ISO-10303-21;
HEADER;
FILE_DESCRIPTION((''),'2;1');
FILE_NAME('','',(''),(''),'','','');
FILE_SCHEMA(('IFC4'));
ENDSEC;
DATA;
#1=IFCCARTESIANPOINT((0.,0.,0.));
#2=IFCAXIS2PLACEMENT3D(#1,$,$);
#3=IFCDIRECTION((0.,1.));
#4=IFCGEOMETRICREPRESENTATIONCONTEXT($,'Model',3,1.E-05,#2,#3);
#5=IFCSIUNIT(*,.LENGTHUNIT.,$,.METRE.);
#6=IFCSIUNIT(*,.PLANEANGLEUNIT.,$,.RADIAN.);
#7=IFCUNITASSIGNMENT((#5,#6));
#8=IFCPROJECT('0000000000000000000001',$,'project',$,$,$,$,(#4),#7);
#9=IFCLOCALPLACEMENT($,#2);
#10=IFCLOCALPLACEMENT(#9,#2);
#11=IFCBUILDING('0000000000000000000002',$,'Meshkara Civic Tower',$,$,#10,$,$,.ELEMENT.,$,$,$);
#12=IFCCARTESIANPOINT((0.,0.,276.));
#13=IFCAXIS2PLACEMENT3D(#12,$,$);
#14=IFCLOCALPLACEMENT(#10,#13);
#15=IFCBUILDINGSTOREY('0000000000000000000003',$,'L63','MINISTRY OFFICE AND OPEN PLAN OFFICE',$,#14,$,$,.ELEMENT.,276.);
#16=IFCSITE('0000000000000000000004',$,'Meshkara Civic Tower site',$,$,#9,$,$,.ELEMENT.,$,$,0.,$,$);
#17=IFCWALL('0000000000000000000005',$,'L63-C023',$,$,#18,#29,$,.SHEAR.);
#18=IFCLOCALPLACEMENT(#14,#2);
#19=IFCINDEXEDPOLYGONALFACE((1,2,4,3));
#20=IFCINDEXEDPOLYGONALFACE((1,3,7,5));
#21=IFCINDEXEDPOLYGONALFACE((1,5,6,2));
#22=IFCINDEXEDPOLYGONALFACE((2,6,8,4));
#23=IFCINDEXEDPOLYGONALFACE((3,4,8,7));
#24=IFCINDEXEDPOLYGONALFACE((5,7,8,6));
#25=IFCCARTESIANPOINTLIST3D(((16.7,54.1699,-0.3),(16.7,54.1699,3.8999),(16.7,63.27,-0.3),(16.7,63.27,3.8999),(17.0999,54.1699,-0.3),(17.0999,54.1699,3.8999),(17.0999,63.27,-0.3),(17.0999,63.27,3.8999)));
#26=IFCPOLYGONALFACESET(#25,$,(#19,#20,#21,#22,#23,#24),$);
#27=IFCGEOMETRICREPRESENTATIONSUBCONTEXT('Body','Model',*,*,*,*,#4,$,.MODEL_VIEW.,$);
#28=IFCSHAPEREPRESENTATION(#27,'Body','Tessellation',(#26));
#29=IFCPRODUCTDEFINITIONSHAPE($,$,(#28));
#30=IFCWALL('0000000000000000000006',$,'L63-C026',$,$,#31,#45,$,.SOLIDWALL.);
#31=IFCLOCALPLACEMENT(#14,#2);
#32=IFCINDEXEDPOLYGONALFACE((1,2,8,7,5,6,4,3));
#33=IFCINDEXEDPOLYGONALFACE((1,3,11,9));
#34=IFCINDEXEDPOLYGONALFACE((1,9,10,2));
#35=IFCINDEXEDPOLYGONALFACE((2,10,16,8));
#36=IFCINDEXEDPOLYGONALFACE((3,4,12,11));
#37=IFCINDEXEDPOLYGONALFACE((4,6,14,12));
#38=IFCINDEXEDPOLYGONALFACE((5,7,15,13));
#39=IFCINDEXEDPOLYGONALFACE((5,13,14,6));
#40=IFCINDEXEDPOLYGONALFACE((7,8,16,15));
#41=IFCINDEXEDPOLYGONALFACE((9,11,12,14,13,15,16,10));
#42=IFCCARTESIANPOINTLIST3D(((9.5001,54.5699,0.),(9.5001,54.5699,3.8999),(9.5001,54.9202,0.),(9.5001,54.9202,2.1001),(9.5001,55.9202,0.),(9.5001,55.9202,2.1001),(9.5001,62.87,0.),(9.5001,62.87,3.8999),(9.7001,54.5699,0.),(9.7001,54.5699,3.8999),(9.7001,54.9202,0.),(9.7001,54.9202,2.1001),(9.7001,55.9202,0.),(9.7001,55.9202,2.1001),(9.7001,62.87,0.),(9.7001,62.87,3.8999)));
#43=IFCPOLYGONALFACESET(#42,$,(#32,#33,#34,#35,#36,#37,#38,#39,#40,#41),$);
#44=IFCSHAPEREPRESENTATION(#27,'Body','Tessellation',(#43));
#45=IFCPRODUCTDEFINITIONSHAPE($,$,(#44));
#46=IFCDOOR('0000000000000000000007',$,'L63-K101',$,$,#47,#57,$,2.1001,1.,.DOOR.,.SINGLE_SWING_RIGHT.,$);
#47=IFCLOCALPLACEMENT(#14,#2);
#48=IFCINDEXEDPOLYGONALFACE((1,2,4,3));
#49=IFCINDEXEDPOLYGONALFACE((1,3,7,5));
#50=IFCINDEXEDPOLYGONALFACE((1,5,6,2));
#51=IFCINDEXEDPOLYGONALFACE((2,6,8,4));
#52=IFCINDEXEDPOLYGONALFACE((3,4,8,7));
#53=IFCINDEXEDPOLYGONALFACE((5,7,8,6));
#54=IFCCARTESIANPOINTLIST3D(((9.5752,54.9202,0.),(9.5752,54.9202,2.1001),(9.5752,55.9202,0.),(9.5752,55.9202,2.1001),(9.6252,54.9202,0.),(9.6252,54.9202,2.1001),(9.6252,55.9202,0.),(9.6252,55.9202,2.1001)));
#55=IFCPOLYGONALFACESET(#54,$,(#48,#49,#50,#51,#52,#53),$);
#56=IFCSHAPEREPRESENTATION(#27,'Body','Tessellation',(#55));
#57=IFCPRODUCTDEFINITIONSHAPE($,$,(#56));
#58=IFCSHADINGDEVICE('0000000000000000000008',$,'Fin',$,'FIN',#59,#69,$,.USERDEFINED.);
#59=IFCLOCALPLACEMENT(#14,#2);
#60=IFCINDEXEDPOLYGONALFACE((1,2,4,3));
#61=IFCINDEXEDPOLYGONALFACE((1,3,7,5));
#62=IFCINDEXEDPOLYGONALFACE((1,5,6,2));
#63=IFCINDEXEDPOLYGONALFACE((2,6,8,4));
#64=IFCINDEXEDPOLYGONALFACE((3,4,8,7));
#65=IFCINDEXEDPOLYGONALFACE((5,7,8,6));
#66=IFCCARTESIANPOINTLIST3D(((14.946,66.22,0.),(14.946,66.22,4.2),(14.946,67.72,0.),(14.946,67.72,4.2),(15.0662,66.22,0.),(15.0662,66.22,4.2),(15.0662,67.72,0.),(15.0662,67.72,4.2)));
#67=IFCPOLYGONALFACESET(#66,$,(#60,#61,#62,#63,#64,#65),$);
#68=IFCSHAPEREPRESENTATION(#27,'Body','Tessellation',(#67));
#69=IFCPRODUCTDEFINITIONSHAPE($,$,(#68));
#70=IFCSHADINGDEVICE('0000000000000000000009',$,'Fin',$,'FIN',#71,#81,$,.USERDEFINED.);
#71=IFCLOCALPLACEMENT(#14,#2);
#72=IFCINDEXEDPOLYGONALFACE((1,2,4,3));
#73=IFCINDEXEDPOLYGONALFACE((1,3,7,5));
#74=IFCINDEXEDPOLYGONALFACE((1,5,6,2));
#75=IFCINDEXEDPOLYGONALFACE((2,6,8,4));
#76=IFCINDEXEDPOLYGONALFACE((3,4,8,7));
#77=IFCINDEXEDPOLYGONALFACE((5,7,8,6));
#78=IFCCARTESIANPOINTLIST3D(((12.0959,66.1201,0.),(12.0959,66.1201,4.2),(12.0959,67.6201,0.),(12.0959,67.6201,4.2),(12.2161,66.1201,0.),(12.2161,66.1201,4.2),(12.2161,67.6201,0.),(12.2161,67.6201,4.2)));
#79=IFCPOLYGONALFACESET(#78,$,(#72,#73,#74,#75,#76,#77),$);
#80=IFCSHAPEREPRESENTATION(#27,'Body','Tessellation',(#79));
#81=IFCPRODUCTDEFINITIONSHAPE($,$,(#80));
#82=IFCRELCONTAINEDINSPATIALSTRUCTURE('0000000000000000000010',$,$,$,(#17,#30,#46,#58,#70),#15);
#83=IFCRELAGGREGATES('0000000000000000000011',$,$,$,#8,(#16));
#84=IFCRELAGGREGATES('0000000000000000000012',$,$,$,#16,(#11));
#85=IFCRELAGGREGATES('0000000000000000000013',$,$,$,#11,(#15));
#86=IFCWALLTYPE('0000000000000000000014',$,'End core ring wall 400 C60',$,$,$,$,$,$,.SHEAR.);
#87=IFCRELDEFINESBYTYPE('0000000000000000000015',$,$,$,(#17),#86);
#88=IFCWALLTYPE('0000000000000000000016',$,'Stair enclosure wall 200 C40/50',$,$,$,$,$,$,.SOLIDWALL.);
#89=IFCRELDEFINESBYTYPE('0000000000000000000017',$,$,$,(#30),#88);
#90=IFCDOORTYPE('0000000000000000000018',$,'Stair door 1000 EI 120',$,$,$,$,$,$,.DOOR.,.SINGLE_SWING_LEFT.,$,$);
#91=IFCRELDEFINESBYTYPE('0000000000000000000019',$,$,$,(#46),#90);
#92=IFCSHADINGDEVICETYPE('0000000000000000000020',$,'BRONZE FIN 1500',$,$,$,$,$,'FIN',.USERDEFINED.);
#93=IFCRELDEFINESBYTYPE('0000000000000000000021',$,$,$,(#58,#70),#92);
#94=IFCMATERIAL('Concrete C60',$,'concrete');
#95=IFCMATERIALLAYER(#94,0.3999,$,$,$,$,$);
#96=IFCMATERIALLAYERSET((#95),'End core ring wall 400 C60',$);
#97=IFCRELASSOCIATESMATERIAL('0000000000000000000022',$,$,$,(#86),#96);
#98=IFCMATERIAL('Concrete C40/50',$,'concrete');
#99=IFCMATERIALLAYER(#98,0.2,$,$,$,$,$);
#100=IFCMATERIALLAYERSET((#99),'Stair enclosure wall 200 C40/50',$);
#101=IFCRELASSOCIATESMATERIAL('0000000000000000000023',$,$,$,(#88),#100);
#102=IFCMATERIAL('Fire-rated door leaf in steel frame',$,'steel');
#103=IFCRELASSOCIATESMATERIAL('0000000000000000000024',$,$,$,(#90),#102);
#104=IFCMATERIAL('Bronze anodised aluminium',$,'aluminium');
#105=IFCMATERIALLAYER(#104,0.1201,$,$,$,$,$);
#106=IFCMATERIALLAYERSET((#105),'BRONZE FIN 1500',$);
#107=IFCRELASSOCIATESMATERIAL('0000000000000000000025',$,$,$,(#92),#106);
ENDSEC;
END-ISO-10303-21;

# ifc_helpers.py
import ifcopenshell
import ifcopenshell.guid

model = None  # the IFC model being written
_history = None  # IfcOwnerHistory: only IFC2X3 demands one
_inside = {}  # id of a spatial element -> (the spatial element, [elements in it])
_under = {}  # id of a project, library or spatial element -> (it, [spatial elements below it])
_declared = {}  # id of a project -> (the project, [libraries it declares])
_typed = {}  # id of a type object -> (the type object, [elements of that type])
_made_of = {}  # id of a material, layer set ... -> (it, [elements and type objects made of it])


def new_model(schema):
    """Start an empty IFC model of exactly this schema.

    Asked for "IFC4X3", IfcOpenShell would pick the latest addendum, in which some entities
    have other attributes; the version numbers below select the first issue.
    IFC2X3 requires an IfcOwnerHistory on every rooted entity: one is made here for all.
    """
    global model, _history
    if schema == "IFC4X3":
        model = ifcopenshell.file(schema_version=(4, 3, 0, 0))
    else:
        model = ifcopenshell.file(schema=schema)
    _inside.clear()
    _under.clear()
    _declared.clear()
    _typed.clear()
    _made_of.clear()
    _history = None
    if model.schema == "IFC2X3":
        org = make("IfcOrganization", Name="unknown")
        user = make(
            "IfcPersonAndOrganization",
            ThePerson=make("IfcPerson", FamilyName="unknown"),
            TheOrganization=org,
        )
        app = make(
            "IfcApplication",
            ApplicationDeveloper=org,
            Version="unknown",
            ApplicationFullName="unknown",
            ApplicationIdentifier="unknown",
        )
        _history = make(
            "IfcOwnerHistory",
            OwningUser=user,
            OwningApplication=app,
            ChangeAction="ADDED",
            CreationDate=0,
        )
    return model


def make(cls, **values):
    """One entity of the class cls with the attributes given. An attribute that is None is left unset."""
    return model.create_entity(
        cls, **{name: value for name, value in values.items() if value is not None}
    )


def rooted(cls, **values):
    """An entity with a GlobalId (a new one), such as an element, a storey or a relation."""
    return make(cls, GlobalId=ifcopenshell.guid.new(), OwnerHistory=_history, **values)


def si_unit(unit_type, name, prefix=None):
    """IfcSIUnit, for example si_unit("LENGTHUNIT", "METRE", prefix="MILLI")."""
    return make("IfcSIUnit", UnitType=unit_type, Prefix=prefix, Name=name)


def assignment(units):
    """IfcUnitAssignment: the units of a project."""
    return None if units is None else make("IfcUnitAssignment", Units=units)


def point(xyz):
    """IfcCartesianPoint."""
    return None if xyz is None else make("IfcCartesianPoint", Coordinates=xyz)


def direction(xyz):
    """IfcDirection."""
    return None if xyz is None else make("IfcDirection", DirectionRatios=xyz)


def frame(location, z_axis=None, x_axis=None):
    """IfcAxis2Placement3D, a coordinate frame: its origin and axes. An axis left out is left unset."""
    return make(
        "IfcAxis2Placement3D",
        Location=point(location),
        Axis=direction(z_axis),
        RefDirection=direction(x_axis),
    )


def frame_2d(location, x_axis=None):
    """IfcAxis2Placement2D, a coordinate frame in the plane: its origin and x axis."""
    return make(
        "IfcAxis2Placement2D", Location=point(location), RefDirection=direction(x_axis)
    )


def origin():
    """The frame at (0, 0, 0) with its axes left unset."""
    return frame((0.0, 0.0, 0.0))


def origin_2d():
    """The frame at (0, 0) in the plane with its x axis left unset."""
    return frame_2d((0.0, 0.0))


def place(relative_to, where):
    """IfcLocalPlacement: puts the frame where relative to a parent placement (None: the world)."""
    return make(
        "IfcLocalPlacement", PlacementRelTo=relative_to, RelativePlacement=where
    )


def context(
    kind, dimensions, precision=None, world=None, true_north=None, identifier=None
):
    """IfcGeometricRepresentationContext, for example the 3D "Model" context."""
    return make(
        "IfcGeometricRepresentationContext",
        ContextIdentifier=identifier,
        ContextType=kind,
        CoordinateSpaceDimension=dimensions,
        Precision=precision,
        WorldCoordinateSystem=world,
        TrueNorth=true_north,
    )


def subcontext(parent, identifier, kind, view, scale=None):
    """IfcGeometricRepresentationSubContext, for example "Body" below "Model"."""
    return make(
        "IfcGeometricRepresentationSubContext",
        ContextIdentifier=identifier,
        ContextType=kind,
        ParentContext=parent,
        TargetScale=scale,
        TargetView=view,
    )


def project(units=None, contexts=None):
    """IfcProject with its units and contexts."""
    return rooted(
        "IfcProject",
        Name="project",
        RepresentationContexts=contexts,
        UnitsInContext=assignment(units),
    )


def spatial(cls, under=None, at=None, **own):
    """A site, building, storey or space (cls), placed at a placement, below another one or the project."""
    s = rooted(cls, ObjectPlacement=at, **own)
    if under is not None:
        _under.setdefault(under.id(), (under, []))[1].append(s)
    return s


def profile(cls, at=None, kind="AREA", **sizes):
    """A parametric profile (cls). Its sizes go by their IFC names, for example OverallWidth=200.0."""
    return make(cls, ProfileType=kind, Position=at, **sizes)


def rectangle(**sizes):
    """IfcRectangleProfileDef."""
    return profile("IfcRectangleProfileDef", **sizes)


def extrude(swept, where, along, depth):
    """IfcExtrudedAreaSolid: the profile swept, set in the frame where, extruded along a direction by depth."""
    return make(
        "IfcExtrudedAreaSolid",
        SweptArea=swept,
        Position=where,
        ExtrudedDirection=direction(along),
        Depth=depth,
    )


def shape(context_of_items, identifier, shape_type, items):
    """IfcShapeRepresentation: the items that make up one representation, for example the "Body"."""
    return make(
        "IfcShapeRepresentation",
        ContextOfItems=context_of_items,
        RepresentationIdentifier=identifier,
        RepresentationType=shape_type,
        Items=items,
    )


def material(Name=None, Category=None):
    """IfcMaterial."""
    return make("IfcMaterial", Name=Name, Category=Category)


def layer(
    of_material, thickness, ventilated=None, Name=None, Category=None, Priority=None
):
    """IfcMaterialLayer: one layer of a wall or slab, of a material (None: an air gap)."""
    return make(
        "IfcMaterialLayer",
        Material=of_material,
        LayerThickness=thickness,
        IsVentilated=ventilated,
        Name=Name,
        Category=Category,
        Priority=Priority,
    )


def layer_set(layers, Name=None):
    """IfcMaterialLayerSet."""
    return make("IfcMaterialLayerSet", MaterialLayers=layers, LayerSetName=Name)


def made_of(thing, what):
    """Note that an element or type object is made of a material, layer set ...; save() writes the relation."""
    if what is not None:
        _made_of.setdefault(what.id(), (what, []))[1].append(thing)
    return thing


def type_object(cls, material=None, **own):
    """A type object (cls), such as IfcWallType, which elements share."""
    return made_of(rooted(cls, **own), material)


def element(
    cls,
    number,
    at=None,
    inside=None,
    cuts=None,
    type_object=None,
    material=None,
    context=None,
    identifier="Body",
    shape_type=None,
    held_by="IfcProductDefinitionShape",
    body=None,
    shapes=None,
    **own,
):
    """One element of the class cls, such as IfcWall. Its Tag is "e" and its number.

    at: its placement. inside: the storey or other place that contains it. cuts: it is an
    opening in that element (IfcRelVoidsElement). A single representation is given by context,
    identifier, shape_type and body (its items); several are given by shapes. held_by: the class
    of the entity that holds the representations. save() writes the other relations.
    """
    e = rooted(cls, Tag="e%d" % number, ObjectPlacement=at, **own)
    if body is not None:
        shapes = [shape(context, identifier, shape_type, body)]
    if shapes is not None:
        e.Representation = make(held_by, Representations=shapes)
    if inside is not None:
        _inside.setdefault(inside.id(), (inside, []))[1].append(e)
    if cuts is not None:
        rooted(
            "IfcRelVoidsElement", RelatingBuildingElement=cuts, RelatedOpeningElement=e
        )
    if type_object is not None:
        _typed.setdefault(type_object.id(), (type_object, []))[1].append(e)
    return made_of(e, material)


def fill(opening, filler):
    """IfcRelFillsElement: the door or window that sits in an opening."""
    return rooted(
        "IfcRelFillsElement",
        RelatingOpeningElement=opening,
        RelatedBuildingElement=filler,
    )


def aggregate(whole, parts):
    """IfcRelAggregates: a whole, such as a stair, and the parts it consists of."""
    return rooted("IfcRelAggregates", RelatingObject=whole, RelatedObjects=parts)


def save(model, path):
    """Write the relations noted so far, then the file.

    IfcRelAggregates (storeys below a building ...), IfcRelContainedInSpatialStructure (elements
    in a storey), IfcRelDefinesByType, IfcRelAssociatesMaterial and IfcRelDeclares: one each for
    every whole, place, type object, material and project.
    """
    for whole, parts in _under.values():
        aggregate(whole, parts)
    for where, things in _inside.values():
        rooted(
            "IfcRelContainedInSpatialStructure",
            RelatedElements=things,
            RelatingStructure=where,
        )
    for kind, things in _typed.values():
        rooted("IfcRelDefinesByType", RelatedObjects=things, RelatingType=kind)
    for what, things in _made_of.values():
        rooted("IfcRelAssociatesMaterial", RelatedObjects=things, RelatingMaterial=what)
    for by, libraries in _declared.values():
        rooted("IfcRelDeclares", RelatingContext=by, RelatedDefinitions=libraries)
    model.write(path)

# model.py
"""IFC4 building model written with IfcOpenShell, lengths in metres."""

from ifc_helpers import new_model, si_unit, direction, frame, frame_2d, origin, origin_2d, place, context, subcontext, project, spatial, rectangle, extrude, material, layer, layer_set, type_object, element, fill, save


model = new_model("IFC4")

# Units and contexts
model_context = context("Model", 3, precision=1e-05, world=origin(), true_north=direction((0.0, 1.0)))
body_context = subcontext(model_context, "Body", "Model", "MODEL_VIEW")
ifc_project = project(units=[si_unit("LENGTHUNIT", "METRE"), si_unit("PLANEANGLEUNIT", "RADIAN")], contexts=[model_context])

# Site, building, storey
site_placement = place(None, origin())
site = spatial("IfcSite", under=ifc_project, at=site_placement, Name="Meshkara Civic Tower site", CompositionType="ELEMENT", RefElevation=0.0)
building_placement = place(site_placement, origin())
building = spatial("IfcBuilding", under=site, at=building_placement, Name="Meshkara Civic Tower", CompositionType="ELEMENT")
storey_placement = place(building_placement, frame((0.0, 0.0, 276.0)))
storey = spatial("IfcBuildingStorey", under=building, at=storey_placement, Name="L63", Description="MINISTRY OFFICE AND OPEN PLAN OFFICE", CompositionType="ELEMENT", Elevation=276.0)

# Wall
ifc_material_1 = material(Name="Concrete C60", Category="concrete")
ifc_layer_1 = layer(ifc_material_1, 0.3999)
ifc_layer_set_1 = layer_set([ifc_layer_1], Name="End core ring wall 400 C60")
wall_type_1 = type_object("IfcWallType", Name="End core ring wall 400 C60", PredefinedType="SHEAR", material=ifc_layer_set_1)
wall_1_placement = place(storey_placement, frame((16.8999, 54.1699, -0.3), z_axis=(0.0, 0.0, 1.0), x_axis=(0.0, 1.0, 0.0)))
element("IfcWall", 1, at=wall_1_placement, inside=storey, type_object=wall_type_1, Name="L63-C023", PredefinedType="SHEAR", context=body_context, shape_type="SweptSolid", body=[
    extrude(rectangle(XDim=9.1001, YDim=0.3999, at=frame_2d((4.55, 0.0))), origin(), (0.0, 0.0, 1.0), 4.2),
])

# Wall, opening, door
ifc_material_2 = material(Name="Concrete C40/50", Category="concrete")
ifc_layer_2 = layer(ifc_material_2, 0.2)
ifc_layer_set_2 = layer_set([ifc_layer_2], Name="Stair enclosure wall 200 C40/50")
wall_type_2 = type_object("IfcWallType", Name="Stair enclosure wall 200 C40/50", PredefinedType="SOLIDWALL", material=ifc_layer_set_2)
wall_2_placement = place(storey_placement, frame((9.6001, 54.5701, 0.0), z_axis=(0.0, 0.0, 1.0), x_axis=(0.0, 1.0, 0.0)))
wall_2 = element("IfcWall", 2, at=wall_2_placement, inside=storey, type_object=wall_type_2, Name="L63-C026", PredefinedType="SOLIDWALL", context=body_context, shape_type="SweptSolid", body=[
    extrude(rectangle(XDim=8.3, YDim=0.2, at=frame_2d((4.1499, 0.0))), origin(), (0.0, 0.0, 1.0), 3.8999),
])
opening_1_placement = place(wall_2_placement, frame((0.3501, 0.0, 0.0)))
opening_1 = element("IfcOpeningElement", 3, at=opening_1_placement, cuts=wall_2, PredefinedType="OPENING", context=body_context, shape_type="SweptSolid", body=[
    extrude(rectangle(XDim=1.0, YDim=2.1001, at=frame_2d((0.5, 1.05))), frame((0.0, 0.1099, 0.0), z_axis=(0.0, -1.0, 0.0), x_axis=(1.0, 0.0, 0.0)), (0.0, 0.0, 1.0), 0.22),
])
ifc_material_3 = material(Name="Fire-rated door leaf in steel frame", Category="steel")
door_type_1 = type_object("IfcDoorType", Name="Stair door 1000 EI 120", OperationType="SINGLE_SWING_LEFT", PredefinedType="DOOR", material=ifc_material_3)
door_1_placement = place(opening_1_placement, origin())
door_1 = element("IfcDoor", 4, at=door_1_placement, inside=storey, type_object=door_type_1, Name="L63-K101", OperationType="SINGLE_SWING_RIGHT", OverallHeight=2.1001, OverallWidth=1.0, PredefinedType="DOOR", context=body_context, shape_type="SweptSolid", body=[
    extrude(rectangle(XDim=1.0, YDim=2.1001, at=frame_2d((0.5, 1.05))), frame((0.0, 0.0249, 0.0), z_axis=(0.0, -1.0, 0.0), x_axis=(1.0, 0.0, 0.0)), (0.0, 0.0, 1.0), 0.05),
])
fill(opening_1, door_1)

# Shading devices
ifc_material_4 = material(Name="Bronze anodised aluminium", Category="aluminium")
ifc_layer_3 = layer(ifc_material_4, 0.1201)
ifc_layer_set_3 = layer_set([ifc_layer_3], Name="BRONZE FIN 1500")
shading_device_type = type_object("IfcShadingDeviceType", Name="BRONZE FIN 1500", ElementType="FIN", PredefinedType="USERDEFINED", material=ifc_layer_set_3)
for number, where, z_axis, x_axis, name in (
    (5, (15.0061, 66.97, 0.0), (0.0, 0.0, 1.0), (-1.0, 0.0, 0.0), "Fin"),
    (6, (12.156, 66.8701, 0.0), (0.0, 0.0, 1.0), (-1.0, 0.0, 0.0), "Fin"),
):
    element("IfcShadingDevice", number, at=place(storey_placement, frame(where, z_axis=z_axis, x_axis=x_axis)), inside=storey, type_object=shading_device_type, Name=name, ObjectType="FIN", PredefinedType="USERDEFINED", context=body_context, shape_type="SweptSolid", body=[
        extrude(rectangle(XDim=0.1201, YDim=1.5, at=origin_2d()), origin(), (0.0, 0.0, 1.0), 4.2),
    ])

save(model, "model.ifc")
